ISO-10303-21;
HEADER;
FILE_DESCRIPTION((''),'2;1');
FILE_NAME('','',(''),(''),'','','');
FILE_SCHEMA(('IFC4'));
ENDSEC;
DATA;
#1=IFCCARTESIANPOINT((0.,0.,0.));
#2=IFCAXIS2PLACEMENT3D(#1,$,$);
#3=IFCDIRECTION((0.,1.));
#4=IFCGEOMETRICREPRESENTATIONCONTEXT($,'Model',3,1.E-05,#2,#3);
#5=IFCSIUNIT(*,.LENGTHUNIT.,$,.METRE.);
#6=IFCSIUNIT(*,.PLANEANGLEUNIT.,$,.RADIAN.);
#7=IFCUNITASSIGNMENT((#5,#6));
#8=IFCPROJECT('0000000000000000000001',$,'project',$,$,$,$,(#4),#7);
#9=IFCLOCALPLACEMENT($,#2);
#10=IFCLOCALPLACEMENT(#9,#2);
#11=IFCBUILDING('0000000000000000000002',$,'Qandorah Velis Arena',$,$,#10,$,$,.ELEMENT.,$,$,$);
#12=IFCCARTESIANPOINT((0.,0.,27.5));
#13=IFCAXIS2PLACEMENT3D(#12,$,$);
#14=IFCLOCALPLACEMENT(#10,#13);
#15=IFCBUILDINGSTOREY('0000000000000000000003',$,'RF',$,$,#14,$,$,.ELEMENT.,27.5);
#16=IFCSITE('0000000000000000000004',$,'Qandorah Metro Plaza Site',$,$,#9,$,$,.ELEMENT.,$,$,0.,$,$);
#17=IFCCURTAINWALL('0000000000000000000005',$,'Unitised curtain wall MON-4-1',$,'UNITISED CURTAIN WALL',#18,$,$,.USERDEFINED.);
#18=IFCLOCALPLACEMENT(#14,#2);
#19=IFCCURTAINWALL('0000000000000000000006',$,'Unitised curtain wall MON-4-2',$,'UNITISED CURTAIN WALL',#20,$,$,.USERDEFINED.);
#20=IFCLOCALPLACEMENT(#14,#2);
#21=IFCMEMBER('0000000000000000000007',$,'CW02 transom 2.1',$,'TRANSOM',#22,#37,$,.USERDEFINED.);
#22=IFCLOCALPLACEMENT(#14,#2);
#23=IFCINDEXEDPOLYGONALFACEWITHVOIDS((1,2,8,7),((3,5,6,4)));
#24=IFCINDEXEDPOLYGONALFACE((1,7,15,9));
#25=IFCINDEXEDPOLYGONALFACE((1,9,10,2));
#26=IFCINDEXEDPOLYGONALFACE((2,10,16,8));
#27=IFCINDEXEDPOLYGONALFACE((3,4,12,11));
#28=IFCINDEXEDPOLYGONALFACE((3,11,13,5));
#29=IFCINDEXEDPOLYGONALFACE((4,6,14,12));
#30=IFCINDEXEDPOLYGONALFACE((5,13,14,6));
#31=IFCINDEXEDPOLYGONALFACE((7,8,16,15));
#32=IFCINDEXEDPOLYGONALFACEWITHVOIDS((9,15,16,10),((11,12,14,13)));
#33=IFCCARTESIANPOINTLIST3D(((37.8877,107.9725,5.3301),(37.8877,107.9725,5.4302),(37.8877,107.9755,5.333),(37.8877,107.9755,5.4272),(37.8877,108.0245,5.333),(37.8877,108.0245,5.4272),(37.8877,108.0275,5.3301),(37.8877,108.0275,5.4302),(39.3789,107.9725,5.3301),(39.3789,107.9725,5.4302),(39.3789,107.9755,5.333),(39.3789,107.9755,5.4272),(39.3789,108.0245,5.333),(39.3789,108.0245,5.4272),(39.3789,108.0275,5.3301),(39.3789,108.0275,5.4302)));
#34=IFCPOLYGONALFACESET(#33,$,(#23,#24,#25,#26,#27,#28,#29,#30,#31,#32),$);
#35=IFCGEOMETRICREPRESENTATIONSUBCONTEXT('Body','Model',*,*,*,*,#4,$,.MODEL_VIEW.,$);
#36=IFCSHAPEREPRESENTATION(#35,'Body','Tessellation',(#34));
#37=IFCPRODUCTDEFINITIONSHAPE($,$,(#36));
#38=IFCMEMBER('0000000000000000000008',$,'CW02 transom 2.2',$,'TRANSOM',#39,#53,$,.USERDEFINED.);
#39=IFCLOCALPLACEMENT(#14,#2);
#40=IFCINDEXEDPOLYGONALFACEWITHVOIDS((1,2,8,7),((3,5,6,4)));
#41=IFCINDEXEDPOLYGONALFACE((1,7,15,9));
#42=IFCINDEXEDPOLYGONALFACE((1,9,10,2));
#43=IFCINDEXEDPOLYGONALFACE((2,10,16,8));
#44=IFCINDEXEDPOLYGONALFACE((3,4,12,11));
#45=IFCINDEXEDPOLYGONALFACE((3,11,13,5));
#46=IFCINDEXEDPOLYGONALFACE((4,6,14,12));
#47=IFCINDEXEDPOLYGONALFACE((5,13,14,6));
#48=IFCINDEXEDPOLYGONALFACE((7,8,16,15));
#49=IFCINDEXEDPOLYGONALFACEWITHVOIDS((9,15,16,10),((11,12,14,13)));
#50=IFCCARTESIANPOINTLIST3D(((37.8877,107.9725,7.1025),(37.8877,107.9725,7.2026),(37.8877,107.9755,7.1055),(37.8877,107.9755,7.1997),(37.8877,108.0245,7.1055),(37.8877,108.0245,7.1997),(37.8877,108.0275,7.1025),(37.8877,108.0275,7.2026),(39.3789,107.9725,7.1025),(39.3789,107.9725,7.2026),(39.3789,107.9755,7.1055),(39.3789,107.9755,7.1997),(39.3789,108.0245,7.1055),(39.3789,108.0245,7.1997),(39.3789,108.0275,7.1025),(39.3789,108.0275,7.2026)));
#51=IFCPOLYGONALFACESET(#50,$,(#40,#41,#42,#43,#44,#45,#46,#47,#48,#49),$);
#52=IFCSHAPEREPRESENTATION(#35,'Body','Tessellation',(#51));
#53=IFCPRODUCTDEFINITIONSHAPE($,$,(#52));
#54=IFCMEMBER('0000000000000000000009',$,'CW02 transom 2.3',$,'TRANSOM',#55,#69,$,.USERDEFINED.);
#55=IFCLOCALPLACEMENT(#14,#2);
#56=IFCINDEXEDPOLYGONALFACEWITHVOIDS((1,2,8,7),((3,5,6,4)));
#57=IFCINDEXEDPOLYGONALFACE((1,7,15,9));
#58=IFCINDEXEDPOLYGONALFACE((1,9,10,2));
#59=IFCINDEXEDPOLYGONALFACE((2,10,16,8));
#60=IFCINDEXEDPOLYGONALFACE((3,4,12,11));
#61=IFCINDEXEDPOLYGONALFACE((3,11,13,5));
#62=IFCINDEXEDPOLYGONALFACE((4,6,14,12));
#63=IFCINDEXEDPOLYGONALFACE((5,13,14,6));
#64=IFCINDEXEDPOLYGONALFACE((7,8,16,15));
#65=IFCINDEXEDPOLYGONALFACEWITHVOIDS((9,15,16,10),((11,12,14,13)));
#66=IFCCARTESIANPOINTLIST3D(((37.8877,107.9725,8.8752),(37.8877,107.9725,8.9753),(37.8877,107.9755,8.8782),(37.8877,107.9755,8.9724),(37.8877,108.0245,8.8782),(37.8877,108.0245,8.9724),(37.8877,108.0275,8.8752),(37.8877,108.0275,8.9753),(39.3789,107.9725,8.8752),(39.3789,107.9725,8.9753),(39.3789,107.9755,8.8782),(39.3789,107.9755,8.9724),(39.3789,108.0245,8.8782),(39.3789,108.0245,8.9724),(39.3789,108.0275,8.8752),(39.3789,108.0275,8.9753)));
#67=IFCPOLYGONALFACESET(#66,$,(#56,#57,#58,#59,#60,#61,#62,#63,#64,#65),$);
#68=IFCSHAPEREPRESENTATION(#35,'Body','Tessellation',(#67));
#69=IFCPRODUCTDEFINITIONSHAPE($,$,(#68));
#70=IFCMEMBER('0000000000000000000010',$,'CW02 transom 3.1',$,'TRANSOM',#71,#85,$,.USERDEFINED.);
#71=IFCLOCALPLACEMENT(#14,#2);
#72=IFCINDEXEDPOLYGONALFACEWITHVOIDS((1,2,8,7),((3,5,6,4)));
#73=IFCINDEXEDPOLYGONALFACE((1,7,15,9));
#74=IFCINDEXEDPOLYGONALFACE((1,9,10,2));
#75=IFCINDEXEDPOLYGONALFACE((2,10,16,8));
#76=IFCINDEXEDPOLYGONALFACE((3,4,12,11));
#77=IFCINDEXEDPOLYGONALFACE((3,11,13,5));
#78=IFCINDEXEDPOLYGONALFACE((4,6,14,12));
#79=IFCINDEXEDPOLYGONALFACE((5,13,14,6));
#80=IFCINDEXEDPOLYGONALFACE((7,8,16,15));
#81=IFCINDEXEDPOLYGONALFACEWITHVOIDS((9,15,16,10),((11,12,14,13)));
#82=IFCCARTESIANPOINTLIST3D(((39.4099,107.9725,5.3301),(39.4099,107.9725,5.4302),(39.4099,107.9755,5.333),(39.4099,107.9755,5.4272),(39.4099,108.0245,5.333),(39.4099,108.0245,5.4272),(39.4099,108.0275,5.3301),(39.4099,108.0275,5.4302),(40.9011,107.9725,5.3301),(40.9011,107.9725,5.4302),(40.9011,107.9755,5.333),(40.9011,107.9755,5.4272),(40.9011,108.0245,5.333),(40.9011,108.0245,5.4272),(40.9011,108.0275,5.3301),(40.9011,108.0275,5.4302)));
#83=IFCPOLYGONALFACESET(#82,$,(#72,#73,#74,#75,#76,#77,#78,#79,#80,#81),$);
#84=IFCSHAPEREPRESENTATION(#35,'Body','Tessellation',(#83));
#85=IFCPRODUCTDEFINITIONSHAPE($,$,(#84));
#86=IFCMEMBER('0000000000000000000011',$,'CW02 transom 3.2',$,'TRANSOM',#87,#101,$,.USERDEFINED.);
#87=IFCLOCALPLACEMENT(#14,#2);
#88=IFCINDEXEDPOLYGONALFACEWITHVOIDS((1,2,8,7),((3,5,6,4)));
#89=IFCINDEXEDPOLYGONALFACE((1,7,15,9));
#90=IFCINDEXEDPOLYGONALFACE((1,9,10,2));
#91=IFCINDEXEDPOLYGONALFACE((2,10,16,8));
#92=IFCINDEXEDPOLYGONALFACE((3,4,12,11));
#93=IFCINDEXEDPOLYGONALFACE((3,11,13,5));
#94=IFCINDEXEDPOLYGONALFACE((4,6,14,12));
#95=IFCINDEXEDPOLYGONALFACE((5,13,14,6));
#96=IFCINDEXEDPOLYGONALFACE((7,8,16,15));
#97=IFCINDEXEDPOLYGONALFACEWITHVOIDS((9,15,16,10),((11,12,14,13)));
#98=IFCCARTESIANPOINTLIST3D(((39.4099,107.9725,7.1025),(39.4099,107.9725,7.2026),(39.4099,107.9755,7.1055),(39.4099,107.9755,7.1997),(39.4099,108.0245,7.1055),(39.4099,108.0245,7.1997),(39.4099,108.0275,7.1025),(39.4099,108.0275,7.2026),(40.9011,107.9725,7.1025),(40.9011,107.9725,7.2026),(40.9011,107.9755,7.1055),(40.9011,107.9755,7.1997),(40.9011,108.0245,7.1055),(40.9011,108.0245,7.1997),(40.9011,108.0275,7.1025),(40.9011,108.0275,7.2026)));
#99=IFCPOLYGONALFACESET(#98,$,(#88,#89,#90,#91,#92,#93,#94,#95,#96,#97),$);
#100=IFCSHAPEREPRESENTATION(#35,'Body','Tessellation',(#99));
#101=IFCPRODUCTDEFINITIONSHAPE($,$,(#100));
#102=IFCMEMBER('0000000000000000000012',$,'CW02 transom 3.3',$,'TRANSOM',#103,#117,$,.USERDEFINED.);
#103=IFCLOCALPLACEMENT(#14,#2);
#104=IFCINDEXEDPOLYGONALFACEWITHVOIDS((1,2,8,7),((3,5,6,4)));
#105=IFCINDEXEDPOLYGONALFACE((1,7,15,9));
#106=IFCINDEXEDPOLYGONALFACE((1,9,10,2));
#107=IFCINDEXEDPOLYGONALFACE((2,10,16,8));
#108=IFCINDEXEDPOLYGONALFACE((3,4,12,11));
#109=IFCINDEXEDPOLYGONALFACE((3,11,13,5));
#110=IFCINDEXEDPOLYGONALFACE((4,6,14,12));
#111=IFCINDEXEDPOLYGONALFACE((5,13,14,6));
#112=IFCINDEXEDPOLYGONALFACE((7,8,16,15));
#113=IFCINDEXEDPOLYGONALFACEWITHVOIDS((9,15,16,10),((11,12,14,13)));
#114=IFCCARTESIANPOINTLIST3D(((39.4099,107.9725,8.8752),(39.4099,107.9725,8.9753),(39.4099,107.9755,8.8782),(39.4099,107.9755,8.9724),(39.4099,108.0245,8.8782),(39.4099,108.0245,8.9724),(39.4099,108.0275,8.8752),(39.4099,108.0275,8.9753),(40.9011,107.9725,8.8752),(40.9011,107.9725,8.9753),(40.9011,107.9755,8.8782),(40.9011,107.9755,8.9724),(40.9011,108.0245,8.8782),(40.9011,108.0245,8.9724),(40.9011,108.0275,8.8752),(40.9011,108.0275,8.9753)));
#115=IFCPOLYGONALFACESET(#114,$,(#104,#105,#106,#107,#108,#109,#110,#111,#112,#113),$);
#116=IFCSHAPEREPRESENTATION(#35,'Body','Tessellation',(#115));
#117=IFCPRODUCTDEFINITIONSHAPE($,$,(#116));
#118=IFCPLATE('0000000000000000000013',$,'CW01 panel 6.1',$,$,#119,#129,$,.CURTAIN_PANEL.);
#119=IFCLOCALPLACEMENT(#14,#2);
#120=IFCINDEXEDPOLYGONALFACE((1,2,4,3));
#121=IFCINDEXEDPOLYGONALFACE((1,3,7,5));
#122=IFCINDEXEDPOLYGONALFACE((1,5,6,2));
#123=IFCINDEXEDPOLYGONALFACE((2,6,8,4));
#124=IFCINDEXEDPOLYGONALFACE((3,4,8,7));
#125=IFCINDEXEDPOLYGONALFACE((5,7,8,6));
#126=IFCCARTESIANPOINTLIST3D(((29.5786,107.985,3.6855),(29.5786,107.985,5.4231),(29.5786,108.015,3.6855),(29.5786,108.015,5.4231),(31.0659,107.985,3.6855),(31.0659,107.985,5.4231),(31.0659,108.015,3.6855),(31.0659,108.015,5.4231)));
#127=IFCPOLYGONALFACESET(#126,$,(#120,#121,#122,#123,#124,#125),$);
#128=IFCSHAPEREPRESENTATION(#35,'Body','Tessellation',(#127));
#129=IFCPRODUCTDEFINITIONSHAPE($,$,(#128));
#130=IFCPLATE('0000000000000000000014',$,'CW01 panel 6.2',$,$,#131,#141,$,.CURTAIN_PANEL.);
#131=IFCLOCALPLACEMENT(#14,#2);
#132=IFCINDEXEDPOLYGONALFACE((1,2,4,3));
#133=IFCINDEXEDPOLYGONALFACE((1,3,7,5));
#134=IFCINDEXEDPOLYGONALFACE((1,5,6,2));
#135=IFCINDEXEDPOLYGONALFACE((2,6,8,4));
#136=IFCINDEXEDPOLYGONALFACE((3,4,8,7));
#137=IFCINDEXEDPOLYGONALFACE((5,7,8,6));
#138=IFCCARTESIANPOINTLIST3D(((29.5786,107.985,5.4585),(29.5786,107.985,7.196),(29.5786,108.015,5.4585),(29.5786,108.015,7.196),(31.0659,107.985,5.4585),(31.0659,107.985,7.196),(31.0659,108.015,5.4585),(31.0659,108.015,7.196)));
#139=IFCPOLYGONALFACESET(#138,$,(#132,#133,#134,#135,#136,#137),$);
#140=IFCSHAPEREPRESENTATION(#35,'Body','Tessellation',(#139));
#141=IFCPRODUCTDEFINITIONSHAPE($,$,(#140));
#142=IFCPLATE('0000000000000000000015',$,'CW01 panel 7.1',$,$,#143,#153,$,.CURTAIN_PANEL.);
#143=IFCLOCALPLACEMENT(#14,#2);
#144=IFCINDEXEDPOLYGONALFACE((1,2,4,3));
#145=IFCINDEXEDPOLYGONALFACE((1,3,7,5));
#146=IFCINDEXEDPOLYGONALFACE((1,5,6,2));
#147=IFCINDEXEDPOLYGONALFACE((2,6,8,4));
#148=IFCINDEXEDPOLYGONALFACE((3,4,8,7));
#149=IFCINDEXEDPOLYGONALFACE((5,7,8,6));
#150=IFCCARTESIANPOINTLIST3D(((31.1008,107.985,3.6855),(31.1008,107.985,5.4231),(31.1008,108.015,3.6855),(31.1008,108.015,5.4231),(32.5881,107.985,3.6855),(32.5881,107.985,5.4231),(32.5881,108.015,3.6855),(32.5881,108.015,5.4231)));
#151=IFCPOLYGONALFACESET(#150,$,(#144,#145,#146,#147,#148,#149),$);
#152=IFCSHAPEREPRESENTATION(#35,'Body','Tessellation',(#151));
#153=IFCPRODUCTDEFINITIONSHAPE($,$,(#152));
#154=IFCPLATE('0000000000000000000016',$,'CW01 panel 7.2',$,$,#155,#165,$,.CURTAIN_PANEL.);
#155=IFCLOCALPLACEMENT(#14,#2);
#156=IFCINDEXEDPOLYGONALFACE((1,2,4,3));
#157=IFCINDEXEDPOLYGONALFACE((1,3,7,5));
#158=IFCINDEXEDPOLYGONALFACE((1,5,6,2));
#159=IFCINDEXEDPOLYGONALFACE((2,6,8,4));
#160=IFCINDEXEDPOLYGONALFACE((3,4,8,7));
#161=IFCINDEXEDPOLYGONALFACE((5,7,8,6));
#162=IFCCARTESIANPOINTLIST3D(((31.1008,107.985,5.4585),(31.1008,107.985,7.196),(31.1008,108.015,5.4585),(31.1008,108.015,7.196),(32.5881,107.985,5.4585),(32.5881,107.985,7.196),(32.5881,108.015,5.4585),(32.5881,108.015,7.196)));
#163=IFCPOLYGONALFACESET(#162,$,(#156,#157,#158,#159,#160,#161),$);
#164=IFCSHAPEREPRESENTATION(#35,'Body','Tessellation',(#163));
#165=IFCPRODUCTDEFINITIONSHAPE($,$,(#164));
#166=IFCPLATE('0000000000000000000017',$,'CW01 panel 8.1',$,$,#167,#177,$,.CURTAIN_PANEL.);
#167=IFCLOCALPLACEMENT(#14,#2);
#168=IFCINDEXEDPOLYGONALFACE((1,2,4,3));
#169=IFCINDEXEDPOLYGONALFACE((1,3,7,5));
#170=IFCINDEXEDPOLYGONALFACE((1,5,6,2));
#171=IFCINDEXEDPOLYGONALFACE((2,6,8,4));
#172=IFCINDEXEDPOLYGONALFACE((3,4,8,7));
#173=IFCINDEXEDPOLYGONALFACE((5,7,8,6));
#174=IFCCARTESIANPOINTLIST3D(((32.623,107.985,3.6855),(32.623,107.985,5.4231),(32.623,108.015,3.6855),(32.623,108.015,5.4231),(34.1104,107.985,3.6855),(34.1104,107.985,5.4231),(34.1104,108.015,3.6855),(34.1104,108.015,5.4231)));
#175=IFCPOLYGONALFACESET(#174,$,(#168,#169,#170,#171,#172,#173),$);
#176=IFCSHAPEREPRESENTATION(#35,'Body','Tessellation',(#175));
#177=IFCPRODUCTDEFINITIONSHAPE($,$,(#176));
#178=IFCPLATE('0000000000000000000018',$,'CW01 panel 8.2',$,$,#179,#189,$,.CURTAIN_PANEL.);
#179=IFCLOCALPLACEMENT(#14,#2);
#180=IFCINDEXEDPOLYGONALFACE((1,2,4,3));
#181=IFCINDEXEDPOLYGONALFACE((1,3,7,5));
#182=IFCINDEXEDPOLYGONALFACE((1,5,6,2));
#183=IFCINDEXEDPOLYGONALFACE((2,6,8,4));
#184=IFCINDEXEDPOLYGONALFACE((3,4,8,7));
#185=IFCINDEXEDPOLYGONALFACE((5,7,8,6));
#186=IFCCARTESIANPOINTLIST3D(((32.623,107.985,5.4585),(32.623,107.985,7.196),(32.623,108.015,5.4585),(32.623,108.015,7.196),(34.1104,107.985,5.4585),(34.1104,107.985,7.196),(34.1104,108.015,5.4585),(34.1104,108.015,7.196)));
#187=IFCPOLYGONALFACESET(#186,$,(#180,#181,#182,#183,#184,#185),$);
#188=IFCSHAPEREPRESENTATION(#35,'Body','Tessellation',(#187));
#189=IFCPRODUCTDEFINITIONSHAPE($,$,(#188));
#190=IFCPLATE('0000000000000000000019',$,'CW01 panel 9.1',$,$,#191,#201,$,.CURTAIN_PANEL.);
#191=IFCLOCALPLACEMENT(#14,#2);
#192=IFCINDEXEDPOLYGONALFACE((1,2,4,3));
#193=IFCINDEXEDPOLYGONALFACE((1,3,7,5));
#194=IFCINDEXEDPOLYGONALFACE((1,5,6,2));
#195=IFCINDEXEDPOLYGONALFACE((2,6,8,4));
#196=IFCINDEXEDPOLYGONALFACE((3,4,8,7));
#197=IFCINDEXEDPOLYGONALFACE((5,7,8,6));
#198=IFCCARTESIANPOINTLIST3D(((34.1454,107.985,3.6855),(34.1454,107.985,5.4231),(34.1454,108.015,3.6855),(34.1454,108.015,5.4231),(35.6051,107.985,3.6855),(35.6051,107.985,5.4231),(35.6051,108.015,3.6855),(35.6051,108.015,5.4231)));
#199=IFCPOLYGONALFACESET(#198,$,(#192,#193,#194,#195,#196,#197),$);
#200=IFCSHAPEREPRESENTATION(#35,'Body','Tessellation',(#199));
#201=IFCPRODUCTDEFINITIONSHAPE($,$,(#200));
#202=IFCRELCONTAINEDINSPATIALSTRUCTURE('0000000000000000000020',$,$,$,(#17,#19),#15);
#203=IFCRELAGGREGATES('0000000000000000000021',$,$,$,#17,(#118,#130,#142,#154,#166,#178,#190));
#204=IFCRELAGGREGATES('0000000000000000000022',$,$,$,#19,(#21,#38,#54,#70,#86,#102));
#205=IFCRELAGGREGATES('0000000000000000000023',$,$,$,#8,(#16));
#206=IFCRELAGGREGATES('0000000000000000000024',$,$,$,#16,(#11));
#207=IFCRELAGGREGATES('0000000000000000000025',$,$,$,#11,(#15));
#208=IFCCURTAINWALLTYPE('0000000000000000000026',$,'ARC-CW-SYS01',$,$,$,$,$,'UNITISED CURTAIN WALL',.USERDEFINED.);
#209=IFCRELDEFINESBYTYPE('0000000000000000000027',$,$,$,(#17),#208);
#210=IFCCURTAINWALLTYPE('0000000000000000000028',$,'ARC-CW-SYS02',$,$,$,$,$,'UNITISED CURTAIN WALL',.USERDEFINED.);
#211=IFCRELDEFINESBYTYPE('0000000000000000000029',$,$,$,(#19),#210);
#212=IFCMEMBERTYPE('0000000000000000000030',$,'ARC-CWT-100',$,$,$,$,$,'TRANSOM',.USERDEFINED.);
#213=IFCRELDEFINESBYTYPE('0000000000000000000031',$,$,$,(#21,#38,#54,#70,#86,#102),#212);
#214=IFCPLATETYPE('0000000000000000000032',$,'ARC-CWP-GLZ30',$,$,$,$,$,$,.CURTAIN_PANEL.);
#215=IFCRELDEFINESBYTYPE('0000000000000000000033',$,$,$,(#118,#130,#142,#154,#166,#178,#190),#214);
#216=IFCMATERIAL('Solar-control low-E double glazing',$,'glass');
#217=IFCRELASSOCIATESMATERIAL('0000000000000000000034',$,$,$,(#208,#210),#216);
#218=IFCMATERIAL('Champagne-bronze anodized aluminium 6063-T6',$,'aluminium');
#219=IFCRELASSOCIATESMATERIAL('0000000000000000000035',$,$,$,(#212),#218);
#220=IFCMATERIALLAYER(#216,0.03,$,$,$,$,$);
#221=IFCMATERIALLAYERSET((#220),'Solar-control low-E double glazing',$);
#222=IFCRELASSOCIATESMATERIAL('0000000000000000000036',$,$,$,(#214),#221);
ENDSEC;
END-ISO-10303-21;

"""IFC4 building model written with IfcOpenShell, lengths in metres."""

from ifc_helpers import new_model, si_unit, direction, frame, origin, origin_2d, place, context, subcontext, project, spatial, rectangle, hollow_rectangle, extrude, material, layer, layer_set, material_profile, profile_set, type_object, element, aggregate, save


model = new_model("IFC4")

# Units and contexts
model_context = context("Model", 3, precision=1e-05, world=origin(), true_north=direction((0.0, 1.0)))
body_context = subcontext(model_context, "Body", "Model", "MODEL_VIEW")
ifc_project = project(units=[si_unit("LENGTHUNIT", "METRE"), si_unit("PLANEANGLEUNIT", "RADIAN")], contexts=[model_context])

# Site, building, storey
site_placement = place(None, origin())
site = spatial("IfcSite", under=ifc_project, at=site_placement, Name="Qandorah Metro Plaza Site", CompositionType="ELEMENT", RefElevation=0.0)
building_placement = place(site_placement, origin())
building = spatial("IfcBuilding", under=site, at=building_placement, Name="Qandorah Velis Arena", CompositionType="ELEMENT")
storey_placement = place(building_placement, frame((0.0, 0.0, 27.5)))
storey = spatial("IfcBuildingStorey", under=building, at=storey_placement, Name="RF", CompositionType="ELEMENT", Elevation=27.5)

# Curtain walls
ifc_material_1 = material(Name="Solar-control low-E double glazing", Category="glass")
curtain_wall_type_1 = type_object("IfcCurtainWallType", Name="ARC-CW-SYS01", ElementType="UNITISED CURTAIN WALL", PredefinedType="USERDEFINED", material=ifc_material_1)
curtain_wall_1_placement = place(storey_placement, origin())
curtain_wall_1 = element("IfcCurtainWall", 1, at=curtain_wall_1_placement, inside=storey, type_object=curtain_wall_type_1, Name="Unitised curtain wall MON-4-1", ObjectType="UNITISED CURTAIN WALL", PredefinedType="USERDEFINED")
ifc_material_2 = material(Name="Champagne-bronze anodized aluminium 6063-T6", Category="aluminium")
curtain_wall_type_2 = type_object("IfcCurtainWallType", Name="ARC-CW-SYS02", ElementType="UNITISED CURTAIN WALL", PredefinedType="USERDEFINED", material=ifc_material_1)
curtain_wall_2_placement = place(storey_placement, origin())
curtain_wall_2 = element("IfcCurtainWall", 2, at=curtain_wall_2_placement, inside=storey, type_object=curtain_wall_type_2, Name="Unitised curtain wall MON-4-2", ObjectType="UNITISED CURTAIN WALL", PredefinedType="USERDEFINED")

# Members
ifc_material_profile_1 = material_profile(ifc_material_2, hollow_rectangle(XDim=0.0549, YDim=0.1001, WallThickness=0.0029, at=origin_2d()), Name="ALU TRANSOM 55x100")
ifc_profile_set_1 = profile_set([ifc_material_profile_1], Name="Champagne-bronze anodized aluminium 6063-T6")
member_type_1 = type_object("IfcMemberType", Name="ARC-CWT-100", ElementType="TRANSOM", PredefinedType="USERDEFINED", material=ifc_profile_set_1)
member_1_placement = place(storey_placement, frame((37.8877, 108.0, 5.3801), z_axis=(1.0, 0.0, 0.0), x_axis=(0.0, 1.0, 0.0)))
member_1 = element("IfcMember", 3, at=member_1_placement, type_object=member_type_1, Name="CW02 transom 2.1", ObjectType="TRANSOM", PredefinedType="USERDEFINED", context=body_context, shape_type="SweptSolid", body=[
    extrude(hollow_rectangle(XDim=0.0549, YDim=0.1001, WallThickness=0.0029, at=origin_2d()), origin(), (0.0, 0.0, 1.0), 1.4912),
])
member_2_placement = place(storey_placement, frame((37.8877, 108.0, 7.1526), z_axis=(1.0, 0.0, 0.0), x_axis=(0.0, 1.0, 0.0)))
member_2 = element("IfcMember", 4, at=member_2_placement, type_object=member_type_1, Name="CW02 transom 2.2", ObjectType="TRANSOM", PredefinedType="USERDEFINED", context=body_context, shape_type="SweptSolid", body=[
    extrude(hollow_rectangle(XDim=0.0549, YDim=0.1001, WallThickness=0.0029, at=origin_2d()), origin(), (0.0, 0.0, 1.0), 1.4912),
])
member_3_placement = place(storey_placement, frame((37.8877, 108.0, 8.9253), z_axis=(1.0, 0.0, 0.0), x_axis=(0.0, 1.0, 0.0)))
member_3 = element("IfcMember", 5, at=member_3_placement, type_object=member_type_1, Name="CW02 transom 2.3", ObjectType="TRANSOM", PredefinedType="USERDEFINED", context=body_context, shape_type="SweptSolid", body=[
    extrude(hollow_rectangle(XDim=0.0549, YDim=0.1001, WallThickness=0.0029, at=origin_2d()), origin(), (0.0, 0.0, 1.0), 1.4912),
])
member_4_placement = place(storey_placement, frame((39.4099, 108.0, 5.3801), z_axis=(1.0, 0.0, 0.0), x_axis=(0.0, 1.0, 0.0)))
member_4 = element("IfcMember", 6, at=member_4_placement, type_object=member_type_1, Name="CW02 transom 3.1", ObjectType="TRANSOM", PredefinedType="USERDEFINED", context=body_context, shape_type="SweptSolid", body=[
    extrude(hollow_rectangle(XDim=0.0549, YDim=0.1001, WallThickness=0.0029, at=origin_2d()), origin(), (0.0, 0.0, 1.0), 1.4912),
])
member_5_placement = place(storey_placement, frame((39.4099, 108.0, 7.1526), z_axis=(1.0, 0.0, 0.0), x_axis=(0.0, 1.0, 0.0)))
member_5 = element("IfcMember", 7, at=member_5_placement, type_object=member_type_1, Name="CW02 transom 3.2", ObjectType="TRANSOM", PredefinedType="USERDEFINED", context=body_context, shape_type="SweptSolid", body=[
    extrude(hollow_rectangle(XDim=0.0549, YDim=0.1001, WallThickness=0.0029, at=origin_2d()), origin(), (0.0, 0.0, 1.0), 1.4912),
])
member_6_placement = place(storey_placement, frame((39.4099, 108.0, 8.9253), z_axis=(1.0, 0.0, 0.0), x_axis=(0.0, 1.0, 0.0)))
member_6 = element("IfcMember", 8, at=member_6_placement, type_object=member_type_1, Name="CW02 transom 3.3", ObjectType="TRANSOM", PredefinedType="USERDEFINED", context=body_context, shape_type="SweptSolid", body=[
    extrude(hollow_rectangle(XDim=0.0549, YDim=0.1001, WallThickness=0.0029, at=origin_2d()), origin(), (0.0, 0.0, 1.0), 1.4912),
])

# Plates
ifc_layer = layer(ifc_material_1, 0.03)
ifc_layer_set = layer_set([ifc_layer], Name="Solar-control low-E double glazing")
plate_type = type_object("IfcPlateType", Name="ARC-CWP-GLZ30", PredefinedType="CURTAIN_PANEL", material=ifc_layer_set)
plate_1_placement = place(storey_placement, frame((30.3223, 108.0, 3.6855), z_axis=(0.0, 0.0, 1.0), x_axis=(1.0, 0.0, 0.0)))
plate_1 = element("IfcPlate", 9, at=plate_1_placement, type_object=plate_type, Name="CW01 panel 6.1", PredefinedType="CURTAIN_PANEL", context=body_context, shape_type="SweptSolid", body=[
    extrude(rectangle(XDim=1.4873, YDim=0.03, at=origin_2d()), origin(), (0.0, 0.0, 1.0), 1.7375),
])
plate_2_placement = place(storey_placement, frame((30.3223, 108.0, 5.4585), z_axis=(0.0, 0.0, 1.0), x_axis=(1.0, 0.0, 0.0)))
plate_2 = element("IfcPlate", 10, at=plate_2_placement, type_object=plate_type, Name="CW01 panel 6.2", PredefinedType="CURTAIN_PANEL", context=body_context, shape_type="SweptSolid", body=[
    extrude(rectangle(XDim=1.4873, YDim=0.03, at=origin_2d()), origin(), (0.0, 0.0, 1.0), 1.7375),
])
plate_3_placement = place(storey_placement, frame((31.8445, 108.0, 3.6855), z_axis=(0.0, 0.0, 1.0), x_axis=(1.0, 0.0, 0.0)))
plate_3 = element("IfcPlate", 11, at=plate_3_placement, type_object=plate_type, Name="CW01 panel 7.1", PredefinedType="CURTAIN_PANEL", context=body_context, shape_type="SweptSolid", body=[
    extrude(rectangle(XDim=1.4873, YDim=0.03, at=origin_2d()), origin(), (0.0, 0.0, 1.0), 1.7375),
])
plate_4_placement = place(storey_placement, frame((31.8445, 108.0, 5.4585), z_axis=(0.0, 0.0, 1.0), x_axis=(1.0, 0.0, 0.0)))
plate_4 = element("IfcPlate", 12, at=plate_4_placement, type_object=plate_type, Name="CW01 panel 7.2", PredefinedType="CURTAIN_PANEL", context=body_context, shape_type="SweptSolid", body=[
    extrude(rectangle(XDim=1.4873, YDim=0.03, at=origin_2d()), origin(), (0.0, 0.0, 1.0), 1.7375),
])
plate_5_placement = place(storey_placement, frame((33.3667, 108.0, 3.6855), z_axis=(0.0, 0.0, 1.0), x_axis=(1.0, 0.0, 0.0)))
plate_5 = element("IfcPlate", 13, at=plate_5_placement, type_object=plate_type, Name="CW01 panel 8.1", PredefinedType="CURTAIN_PANEL", context=body_context, shape_type="SweptSolid", body=[
    extrude(rectangle(XDim=1.4873, YDim=0.03, at=origin_2d()), origin(), (0.0, 0.0, 1.0), 1.7375),
])
plate_6_placement = place(storey_placement, frame((33.3667, 108.0, 5.4585), z_axis=(0.0, 0.0, 1.0), x_axis=(1.0, 0.0, 0.0)))
plate_6 = element("IfcPlate", 14, at=plate_6_placement, type_object=plate_type, Name="CW01 panel 8.2", PredefinedType="CURTAIN_PANEL", context=body_context, shape_type="SweptSolid", body=[
    extrude(rectangle(XDim=1.4873, YDim=0.03, at=origin_2d()), origin(), (0.0, 0.0, 1.0), 1.7375),
])
plate_7_placement = place(storey_placement, frame((34.8752, 108.0, 3.6855), z_axis=(0.0, 0.0, 1.0), x_axis=(1.0, 0.0, 0.0)))
plate_7 = element("IfcPlate", 15, at=plate_7_placement, type_object=plate_type, Name="CW01 panel 9.1", PredefinedType="CURTAIN_PANEL", context=body_context, shape_type="SweptSolid", body=[
    extrude(rectangle(XDim=1.4597, YDim=0.03, at=origin_2d()), origin(), (0.0, 0.0, 1.0), 1.7375),
])
aggregate(curtain_wall_1, [plate_1, plate_2, plate_3, plate_4, plate_5, plate_6, plate_7])
aggregate(curtain_wall_2, [member_1, member_2, member_3, member_4, member_5, member_6])

save(model, "model.ifc")
